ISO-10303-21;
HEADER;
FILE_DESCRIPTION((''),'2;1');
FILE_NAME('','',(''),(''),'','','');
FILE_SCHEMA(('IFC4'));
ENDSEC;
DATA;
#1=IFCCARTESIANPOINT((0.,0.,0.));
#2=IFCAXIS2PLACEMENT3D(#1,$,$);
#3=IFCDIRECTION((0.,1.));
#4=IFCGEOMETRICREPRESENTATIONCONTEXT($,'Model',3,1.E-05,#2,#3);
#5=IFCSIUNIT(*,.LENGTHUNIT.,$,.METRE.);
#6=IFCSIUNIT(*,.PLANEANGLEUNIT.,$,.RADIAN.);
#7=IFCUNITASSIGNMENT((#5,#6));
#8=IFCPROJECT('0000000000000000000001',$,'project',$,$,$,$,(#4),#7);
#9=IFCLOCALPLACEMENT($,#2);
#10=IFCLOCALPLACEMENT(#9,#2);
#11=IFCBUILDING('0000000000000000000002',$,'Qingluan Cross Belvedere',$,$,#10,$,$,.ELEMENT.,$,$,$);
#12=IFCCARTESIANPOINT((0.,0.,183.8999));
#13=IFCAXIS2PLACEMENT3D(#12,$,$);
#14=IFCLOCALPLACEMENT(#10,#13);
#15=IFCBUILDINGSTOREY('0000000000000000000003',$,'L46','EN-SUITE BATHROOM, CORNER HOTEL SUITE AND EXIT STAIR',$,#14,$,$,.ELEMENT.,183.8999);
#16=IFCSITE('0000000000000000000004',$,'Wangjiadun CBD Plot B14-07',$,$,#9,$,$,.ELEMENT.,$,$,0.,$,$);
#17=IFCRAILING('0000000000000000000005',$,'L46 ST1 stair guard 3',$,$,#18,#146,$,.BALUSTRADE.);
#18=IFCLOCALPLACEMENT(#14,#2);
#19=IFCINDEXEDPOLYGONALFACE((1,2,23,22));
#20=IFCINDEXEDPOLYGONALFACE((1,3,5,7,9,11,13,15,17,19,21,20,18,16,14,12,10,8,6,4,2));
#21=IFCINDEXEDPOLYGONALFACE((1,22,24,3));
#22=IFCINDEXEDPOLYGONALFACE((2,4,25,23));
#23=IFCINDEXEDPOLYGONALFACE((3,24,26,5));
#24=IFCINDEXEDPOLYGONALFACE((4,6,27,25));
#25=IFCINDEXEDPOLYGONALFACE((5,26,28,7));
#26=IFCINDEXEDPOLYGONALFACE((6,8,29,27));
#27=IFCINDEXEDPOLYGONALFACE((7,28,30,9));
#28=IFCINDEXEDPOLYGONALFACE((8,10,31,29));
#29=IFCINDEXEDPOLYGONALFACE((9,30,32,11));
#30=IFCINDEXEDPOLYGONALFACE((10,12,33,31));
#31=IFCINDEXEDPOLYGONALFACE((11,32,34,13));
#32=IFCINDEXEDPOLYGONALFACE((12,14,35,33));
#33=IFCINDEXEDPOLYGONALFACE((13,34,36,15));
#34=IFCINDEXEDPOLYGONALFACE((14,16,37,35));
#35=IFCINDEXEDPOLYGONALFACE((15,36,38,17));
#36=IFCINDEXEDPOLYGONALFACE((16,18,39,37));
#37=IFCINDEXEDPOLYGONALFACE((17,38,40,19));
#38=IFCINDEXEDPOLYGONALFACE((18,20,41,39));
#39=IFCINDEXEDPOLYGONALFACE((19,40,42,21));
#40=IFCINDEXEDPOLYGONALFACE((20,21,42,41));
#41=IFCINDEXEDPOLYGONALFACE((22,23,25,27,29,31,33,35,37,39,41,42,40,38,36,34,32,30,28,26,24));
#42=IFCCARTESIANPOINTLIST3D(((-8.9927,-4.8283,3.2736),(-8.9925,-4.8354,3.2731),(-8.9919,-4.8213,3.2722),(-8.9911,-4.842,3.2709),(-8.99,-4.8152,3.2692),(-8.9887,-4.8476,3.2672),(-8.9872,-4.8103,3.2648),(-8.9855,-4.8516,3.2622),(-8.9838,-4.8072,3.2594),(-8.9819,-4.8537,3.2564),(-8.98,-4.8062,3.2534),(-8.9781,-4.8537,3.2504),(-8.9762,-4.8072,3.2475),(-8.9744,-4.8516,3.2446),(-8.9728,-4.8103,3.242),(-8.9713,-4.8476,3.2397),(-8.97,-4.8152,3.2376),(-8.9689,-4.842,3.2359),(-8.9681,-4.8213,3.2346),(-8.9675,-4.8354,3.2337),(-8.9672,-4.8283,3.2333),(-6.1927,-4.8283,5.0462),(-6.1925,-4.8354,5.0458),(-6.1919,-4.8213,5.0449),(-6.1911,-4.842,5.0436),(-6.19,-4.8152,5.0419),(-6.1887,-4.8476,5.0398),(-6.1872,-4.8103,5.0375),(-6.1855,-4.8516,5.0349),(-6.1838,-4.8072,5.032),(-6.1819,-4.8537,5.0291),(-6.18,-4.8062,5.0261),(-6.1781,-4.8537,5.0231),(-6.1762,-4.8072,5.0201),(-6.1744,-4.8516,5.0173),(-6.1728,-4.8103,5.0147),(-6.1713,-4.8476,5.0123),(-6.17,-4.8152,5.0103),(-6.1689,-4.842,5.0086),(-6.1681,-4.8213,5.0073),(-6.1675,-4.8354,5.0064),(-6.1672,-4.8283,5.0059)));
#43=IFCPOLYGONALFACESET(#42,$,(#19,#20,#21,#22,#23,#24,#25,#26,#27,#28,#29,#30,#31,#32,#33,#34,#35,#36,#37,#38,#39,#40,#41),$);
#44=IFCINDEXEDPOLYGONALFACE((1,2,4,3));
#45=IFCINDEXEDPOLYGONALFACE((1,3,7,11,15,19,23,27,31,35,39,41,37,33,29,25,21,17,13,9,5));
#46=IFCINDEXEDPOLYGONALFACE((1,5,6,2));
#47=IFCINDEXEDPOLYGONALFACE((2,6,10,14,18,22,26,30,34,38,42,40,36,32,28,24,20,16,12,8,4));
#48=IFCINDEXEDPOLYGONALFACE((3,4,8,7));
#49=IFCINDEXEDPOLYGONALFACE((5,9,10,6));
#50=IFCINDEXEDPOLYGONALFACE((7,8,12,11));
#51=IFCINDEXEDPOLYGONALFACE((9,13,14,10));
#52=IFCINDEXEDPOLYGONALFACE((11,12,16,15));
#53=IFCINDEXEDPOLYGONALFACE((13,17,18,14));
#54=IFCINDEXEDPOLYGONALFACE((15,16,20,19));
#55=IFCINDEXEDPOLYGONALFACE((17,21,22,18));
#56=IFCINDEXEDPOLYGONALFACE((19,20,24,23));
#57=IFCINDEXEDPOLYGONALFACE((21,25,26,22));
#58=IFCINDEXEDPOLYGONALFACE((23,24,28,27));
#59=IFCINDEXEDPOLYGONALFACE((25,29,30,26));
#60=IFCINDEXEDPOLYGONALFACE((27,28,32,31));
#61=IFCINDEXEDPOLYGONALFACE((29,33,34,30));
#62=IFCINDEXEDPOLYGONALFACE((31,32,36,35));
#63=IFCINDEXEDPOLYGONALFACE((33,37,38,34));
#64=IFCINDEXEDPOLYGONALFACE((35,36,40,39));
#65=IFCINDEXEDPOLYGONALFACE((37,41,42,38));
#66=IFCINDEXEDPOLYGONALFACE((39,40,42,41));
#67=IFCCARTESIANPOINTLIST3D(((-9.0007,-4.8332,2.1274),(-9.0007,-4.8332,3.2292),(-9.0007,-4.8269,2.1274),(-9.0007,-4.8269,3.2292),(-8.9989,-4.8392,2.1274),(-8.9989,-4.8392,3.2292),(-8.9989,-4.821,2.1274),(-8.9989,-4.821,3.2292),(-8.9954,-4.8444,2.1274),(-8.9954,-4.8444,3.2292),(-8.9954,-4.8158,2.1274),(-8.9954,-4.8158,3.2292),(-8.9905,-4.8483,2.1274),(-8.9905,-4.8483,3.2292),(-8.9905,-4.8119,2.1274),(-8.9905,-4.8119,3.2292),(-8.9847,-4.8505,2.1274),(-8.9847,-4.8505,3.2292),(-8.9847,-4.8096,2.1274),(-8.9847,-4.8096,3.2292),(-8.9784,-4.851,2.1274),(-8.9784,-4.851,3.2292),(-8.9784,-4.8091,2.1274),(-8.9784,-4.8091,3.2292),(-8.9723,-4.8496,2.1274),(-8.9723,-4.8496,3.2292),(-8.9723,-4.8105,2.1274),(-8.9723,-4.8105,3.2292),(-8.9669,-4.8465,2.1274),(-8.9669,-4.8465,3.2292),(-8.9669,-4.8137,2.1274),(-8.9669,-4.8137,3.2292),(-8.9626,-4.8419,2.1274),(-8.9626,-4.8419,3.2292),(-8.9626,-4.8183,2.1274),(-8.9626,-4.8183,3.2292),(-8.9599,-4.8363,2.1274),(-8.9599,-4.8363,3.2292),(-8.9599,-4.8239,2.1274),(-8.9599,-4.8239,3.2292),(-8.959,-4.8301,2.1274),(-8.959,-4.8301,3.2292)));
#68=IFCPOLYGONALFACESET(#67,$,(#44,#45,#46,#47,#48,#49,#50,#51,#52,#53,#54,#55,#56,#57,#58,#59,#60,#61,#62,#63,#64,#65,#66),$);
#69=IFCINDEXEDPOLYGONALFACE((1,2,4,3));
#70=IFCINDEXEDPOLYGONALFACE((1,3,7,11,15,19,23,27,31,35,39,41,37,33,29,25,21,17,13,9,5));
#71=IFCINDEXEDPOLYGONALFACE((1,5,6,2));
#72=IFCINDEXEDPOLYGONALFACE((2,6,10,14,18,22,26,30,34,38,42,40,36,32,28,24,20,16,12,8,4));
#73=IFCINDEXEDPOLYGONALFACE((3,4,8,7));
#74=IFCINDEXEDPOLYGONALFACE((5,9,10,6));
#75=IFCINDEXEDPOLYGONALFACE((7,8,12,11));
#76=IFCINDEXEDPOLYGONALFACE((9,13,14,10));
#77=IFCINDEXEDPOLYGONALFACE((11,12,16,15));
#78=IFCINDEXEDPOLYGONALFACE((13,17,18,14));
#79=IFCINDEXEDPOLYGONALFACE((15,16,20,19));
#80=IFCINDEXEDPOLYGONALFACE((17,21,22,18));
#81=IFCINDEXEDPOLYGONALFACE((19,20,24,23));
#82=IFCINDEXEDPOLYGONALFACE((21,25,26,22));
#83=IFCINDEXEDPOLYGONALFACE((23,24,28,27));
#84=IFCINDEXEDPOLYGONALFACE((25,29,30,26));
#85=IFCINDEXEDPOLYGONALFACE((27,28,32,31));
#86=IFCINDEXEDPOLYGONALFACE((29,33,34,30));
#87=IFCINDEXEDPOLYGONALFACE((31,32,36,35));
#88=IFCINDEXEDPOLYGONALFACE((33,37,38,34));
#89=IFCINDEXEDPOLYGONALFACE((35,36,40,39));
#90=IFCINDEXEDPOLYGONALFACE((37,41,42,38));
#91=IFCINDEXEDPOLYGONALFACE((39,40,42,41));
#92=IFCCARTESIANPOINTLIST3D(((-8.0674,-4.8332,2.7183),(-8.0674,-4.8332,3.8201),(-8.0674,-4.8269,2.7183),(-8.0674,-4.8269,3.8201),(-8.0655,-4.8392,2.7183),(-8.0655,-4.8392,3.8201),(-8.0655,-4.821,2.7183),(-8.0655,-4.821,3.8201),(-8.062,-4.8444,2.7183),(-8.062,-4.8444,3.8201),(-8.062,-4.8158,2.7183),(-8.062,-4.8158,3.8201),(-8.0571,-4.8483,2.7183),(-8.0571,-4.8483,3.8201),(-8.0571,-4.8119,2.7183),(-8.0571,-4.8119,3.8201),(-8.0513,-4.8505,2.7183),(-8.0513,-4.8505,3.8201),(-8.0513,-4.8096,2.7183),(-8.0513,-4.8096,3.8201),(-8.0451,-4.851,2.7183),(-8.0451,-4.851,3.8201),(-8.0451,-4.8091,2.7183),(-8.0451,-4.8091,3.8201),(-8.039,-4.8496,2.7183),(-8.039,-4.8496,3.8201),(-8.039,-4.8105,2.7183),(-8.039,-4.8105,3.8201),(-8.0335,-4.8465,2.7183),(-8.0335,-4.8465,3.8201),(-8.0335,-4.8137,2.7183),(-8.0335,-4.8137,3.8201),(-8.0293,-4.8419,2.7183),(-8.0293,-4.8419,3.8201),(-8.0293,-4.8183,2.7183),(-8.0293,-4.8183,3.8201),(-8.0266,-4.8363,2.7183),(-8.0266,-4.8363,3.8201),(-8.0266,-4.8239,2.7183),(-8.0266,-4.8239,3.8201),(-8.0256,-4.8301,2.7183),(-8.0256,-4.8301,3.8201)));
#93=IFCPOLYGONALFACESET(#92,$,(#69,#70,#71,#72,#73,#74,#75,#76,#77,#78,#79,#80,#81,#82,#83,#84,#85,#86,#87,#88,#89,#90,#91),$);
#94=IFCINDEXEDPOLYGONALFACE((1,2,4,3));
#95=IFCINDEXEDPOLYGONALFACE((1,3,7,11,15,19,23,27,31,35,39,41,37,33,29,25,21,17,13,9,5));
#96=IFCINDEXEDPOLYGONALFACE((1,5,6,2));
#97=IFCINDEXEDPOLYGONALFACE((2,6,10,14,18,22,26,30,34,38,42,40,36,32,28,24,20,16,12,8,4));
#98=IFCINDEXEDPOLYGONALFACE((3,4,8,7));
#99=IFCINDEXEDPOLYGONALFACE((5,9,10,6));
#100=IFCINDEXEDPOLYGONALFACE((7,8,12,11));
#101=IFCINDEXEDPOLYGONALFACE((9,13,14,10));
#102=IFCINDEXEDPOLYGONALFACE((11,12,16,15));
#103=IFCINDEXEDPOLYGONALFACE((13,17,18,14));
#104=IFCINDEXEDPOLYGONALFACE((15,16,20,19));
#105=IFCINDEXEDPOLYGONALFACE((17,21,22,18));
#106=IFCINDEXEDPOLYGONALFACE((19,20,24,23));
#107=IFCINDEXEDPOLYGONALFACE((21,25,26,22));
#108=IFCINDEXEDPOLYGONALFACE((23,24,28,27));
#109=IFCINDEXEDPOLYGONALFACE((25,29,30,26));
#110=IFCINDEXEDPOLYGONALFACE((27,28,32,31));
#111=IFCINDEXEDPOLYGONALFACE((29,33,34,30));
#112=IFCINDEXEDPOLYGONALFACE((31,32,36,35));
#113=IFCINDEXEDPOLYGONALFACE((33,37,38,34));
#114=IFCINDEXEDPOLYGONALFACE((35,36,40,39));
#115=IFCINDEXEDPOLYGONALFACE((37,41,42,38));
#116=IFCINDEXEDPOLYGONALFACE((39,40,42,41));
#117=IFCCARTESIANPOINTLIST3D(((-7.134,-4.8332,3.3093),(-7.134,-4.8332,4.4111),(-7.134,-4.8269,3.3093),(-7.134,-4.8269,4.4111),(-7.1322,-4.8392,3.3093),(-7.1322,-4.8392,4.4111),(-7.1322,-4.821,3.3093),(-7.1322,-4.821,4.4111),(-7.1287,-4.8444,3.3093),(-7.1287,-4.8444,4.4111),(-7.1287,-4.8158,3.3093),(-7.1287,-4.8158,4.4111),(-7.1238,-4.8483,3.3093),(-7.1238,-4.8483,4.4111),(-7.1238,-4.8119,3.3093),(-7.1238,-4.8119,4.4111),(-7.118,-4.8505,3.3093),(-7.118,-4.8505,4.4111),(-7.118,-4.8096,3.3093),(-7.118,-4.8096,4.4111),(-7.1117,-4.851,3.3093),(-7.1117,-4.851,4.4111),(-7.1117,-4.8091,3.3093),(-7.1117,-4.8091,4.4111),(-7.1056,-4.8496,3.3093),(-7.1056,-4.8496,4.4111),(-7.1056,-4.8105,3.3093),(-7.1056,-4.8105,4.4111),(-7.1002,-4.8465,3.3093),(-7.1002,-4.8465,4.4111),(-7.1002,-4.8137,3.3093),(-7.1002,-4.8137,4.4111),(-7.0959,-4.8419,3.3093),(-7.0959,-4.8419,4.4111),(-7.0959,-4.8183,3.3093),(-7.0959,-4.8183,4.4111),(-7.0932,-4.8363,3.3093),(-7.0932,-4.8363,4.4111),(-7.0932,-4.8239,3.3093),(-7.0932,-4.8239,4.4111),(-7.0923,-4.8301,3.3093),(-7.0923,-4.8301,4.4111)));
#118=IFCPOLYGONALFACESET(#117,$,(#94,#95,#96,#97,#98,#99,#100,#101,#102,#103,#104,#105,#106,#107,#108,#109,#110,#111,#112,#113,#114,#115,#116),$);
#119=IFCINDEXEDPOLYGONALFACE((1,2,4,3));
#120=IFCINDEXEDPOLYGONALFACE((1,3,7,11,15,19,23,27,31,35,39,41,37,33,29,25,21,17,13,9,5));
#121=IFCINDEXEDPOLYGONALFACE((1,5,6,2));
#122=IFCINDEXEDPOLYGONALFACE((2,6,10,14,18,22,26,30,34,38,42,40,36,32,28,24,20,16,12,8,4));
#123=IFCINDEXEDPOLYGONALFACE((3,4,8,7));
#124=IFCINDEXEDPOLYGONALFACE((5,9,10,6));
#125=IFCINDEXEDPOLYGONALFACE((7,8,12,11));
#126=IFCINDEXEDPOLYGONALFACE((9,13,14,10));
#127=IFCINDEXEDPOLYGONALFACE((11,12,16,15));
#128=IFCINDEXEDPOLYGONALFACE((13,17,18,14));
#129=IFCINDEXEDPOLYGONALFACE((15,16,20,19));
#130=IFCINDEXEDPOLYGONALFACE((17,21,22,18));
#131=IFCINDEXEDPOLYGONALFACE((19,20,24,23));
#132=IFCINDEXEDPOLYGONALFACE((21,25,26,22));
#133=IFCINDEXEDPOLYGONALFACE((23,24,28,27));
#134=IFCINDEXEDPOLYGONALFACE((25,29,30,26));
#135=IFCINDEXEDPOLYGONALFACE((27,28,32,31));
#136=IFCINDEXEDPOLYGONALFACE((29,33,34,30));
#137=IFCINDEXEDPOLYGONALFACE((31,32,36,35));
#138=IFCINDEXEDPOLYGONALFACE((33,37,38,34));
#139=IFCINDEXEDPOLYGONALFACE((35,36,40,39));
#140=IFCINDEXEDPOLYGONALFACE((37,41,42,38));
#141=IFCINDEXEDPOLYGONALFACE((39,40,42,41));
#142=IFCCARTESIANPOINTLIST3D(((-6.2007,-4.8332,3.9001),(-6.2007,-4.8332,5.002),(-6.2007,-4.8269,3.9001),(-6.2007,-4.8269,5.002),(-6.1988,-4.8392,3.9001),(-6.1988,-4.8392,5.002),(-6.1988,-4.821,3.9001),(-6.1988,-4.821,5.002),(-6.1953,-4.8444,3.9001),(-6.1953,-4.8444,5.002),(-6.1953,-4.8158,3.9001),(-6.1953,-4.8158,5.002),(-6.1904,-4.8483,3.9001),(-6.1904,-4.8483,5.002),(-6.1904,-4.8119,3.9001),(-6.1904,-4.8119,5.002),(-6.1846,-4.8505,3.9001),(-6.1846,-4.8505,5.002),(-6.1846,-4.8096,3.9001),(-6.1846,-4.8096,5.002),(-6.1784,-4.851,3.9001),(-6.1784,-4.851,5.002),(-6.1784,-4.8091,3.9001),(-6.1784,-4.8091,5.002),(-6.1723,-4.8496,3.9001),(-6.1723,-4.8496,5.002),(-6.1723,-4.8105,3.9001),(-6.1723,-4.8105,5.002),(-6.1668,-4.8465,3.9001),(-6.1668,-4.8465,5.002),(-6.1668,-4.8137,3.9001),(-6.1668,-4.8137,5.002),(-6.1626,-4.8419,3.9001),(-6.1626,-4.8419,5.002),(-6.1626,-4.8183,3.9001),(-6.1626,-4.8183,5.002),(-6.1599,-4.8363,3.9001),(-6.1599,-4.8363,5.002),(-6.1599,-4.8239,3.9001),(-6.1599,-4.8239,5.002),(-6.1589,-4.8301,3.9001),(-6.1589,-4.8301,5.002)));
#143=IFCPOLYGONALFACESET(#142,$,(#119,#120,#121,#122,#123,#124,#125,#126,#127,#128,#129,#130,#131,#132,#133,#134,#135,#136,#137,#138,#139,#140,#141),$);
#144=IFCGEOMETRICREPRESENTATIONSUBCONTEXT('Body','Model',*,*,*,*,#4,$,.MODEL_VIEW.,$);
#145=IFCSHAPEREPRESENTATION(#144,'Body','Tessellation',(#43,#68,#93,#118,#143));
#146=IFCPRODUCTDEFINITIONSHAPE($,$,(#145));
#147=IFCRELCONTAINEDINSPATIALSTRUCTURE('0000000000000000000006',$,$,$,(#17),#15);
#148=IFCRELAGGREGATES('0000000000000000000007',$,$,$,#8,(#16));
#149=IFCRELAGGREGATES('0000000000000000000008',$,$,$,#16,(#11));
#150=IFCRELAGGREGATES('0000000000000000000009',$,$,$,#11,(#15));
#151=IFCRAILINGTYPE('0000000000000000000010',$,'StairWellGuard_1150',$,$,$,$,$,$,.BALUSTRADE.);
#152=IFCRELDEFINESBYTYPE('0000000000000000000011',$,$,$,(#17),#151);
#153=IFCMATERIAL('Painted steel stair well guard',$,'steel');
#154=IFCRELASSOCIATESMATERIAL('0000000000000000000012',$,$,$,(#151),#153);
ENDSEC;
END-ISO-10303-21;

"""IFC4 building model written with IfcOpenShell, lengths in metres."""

from ifc_helpers import new_model, si_unit, direction, frame, origin, origin_2d, place, context, subcontext, project, spatial, circle, extrude, material, type_object, element, save


model = new_model("IFC4")

# Units and contexts
model_context = context("Model", 3, precision=1e-05, world=origin(), true_north=direction((0.0, 1.0)))
body_context = subcontext(model_context, "Body", "Model", "MODEL_VIEW")
ifc_project = project(units=[si_unit("LENGTHUNIT", "METRE"), si_unit("PLANEANGLEUNIT", "RADIAN")], contexts=[model_context])

# Site, building, storey
site_placement = place(None, origin())
site = spatial("IfcSite", under=ifc_project, at=site_placement, Name="Wangjiadun CBD Plot B14-07", CompositionType="ELEMENT", RefElevation=0.0)
building_placement = place(site_placement, origin())
building = spatial("IfcBuilding", under=site, at=building_placement, Name="Qingluan Cross Belvedere", CompositionType="ELEMENT")
storey_placement = place(building_placement, frame((0.0, 0.0, 183.8999)))
storey = spatial("IfcBuildingStorey", under=building, at=storey_placement, Name="L46", Description="EN-SUITE BATHROOM, CORNER HOTEL SUITE AND EXIT STAIR", CompositionType="ELEMENT", Elevation=183.8999)

# Railing
ifc_material_1 = material(Name="Painted steel stair well guard", Category="steel")
railing_type_1 = type_object("IfcRailingType", Name="StairWellGuard_1150", PredefinedType="BALUSTRADE", material=ifc_material_1)
railing_1_placement = place(storey_placement, frame((-8.98, -4.8301, 2.1274)))
element("IfcRailing", 1, at=railing_1_placement, inside=storey, type_object=railing_type_1, Name="L46 ST1 stair guard 3", PredefinedType="BALUSTRADE", context=body_context, shape_type="SweptSolid", body=[
    extrude(circle(Radius=0.0239, at=origin_2d()), frame((0.0, 0.0, 1.126), z_axis=(0.844909, 0.0, 0.53491), x_axis=(0.0, 1.0, 0.0)), (0.0, 0.0, 1.0), 3.314),
    extrude(circle(Radius=0.021, at=origin_2d()), origin(), (0.0, 0.0, 1.0), 1.1018),
    extrude(circle(Radius=0.021, at=origin_2d()), frame((0.9333, 0.0, 0.5908)), (0.0, 0.0, 1.0), 1.1018),
    extrude(circle(Radius=0.021, at=origin_2d()), frame((1.8667, 0.0, 1.1819)), (0.0, 0.0, 1.0), 1.1018),
    extrude(circle(Radius=0.021, at=origin_2d()), frame((2.8, 0.0, 1.7727)), (0.0, 0.0, 1.0), 1.1018),
])

save(model, "model.ifc")
